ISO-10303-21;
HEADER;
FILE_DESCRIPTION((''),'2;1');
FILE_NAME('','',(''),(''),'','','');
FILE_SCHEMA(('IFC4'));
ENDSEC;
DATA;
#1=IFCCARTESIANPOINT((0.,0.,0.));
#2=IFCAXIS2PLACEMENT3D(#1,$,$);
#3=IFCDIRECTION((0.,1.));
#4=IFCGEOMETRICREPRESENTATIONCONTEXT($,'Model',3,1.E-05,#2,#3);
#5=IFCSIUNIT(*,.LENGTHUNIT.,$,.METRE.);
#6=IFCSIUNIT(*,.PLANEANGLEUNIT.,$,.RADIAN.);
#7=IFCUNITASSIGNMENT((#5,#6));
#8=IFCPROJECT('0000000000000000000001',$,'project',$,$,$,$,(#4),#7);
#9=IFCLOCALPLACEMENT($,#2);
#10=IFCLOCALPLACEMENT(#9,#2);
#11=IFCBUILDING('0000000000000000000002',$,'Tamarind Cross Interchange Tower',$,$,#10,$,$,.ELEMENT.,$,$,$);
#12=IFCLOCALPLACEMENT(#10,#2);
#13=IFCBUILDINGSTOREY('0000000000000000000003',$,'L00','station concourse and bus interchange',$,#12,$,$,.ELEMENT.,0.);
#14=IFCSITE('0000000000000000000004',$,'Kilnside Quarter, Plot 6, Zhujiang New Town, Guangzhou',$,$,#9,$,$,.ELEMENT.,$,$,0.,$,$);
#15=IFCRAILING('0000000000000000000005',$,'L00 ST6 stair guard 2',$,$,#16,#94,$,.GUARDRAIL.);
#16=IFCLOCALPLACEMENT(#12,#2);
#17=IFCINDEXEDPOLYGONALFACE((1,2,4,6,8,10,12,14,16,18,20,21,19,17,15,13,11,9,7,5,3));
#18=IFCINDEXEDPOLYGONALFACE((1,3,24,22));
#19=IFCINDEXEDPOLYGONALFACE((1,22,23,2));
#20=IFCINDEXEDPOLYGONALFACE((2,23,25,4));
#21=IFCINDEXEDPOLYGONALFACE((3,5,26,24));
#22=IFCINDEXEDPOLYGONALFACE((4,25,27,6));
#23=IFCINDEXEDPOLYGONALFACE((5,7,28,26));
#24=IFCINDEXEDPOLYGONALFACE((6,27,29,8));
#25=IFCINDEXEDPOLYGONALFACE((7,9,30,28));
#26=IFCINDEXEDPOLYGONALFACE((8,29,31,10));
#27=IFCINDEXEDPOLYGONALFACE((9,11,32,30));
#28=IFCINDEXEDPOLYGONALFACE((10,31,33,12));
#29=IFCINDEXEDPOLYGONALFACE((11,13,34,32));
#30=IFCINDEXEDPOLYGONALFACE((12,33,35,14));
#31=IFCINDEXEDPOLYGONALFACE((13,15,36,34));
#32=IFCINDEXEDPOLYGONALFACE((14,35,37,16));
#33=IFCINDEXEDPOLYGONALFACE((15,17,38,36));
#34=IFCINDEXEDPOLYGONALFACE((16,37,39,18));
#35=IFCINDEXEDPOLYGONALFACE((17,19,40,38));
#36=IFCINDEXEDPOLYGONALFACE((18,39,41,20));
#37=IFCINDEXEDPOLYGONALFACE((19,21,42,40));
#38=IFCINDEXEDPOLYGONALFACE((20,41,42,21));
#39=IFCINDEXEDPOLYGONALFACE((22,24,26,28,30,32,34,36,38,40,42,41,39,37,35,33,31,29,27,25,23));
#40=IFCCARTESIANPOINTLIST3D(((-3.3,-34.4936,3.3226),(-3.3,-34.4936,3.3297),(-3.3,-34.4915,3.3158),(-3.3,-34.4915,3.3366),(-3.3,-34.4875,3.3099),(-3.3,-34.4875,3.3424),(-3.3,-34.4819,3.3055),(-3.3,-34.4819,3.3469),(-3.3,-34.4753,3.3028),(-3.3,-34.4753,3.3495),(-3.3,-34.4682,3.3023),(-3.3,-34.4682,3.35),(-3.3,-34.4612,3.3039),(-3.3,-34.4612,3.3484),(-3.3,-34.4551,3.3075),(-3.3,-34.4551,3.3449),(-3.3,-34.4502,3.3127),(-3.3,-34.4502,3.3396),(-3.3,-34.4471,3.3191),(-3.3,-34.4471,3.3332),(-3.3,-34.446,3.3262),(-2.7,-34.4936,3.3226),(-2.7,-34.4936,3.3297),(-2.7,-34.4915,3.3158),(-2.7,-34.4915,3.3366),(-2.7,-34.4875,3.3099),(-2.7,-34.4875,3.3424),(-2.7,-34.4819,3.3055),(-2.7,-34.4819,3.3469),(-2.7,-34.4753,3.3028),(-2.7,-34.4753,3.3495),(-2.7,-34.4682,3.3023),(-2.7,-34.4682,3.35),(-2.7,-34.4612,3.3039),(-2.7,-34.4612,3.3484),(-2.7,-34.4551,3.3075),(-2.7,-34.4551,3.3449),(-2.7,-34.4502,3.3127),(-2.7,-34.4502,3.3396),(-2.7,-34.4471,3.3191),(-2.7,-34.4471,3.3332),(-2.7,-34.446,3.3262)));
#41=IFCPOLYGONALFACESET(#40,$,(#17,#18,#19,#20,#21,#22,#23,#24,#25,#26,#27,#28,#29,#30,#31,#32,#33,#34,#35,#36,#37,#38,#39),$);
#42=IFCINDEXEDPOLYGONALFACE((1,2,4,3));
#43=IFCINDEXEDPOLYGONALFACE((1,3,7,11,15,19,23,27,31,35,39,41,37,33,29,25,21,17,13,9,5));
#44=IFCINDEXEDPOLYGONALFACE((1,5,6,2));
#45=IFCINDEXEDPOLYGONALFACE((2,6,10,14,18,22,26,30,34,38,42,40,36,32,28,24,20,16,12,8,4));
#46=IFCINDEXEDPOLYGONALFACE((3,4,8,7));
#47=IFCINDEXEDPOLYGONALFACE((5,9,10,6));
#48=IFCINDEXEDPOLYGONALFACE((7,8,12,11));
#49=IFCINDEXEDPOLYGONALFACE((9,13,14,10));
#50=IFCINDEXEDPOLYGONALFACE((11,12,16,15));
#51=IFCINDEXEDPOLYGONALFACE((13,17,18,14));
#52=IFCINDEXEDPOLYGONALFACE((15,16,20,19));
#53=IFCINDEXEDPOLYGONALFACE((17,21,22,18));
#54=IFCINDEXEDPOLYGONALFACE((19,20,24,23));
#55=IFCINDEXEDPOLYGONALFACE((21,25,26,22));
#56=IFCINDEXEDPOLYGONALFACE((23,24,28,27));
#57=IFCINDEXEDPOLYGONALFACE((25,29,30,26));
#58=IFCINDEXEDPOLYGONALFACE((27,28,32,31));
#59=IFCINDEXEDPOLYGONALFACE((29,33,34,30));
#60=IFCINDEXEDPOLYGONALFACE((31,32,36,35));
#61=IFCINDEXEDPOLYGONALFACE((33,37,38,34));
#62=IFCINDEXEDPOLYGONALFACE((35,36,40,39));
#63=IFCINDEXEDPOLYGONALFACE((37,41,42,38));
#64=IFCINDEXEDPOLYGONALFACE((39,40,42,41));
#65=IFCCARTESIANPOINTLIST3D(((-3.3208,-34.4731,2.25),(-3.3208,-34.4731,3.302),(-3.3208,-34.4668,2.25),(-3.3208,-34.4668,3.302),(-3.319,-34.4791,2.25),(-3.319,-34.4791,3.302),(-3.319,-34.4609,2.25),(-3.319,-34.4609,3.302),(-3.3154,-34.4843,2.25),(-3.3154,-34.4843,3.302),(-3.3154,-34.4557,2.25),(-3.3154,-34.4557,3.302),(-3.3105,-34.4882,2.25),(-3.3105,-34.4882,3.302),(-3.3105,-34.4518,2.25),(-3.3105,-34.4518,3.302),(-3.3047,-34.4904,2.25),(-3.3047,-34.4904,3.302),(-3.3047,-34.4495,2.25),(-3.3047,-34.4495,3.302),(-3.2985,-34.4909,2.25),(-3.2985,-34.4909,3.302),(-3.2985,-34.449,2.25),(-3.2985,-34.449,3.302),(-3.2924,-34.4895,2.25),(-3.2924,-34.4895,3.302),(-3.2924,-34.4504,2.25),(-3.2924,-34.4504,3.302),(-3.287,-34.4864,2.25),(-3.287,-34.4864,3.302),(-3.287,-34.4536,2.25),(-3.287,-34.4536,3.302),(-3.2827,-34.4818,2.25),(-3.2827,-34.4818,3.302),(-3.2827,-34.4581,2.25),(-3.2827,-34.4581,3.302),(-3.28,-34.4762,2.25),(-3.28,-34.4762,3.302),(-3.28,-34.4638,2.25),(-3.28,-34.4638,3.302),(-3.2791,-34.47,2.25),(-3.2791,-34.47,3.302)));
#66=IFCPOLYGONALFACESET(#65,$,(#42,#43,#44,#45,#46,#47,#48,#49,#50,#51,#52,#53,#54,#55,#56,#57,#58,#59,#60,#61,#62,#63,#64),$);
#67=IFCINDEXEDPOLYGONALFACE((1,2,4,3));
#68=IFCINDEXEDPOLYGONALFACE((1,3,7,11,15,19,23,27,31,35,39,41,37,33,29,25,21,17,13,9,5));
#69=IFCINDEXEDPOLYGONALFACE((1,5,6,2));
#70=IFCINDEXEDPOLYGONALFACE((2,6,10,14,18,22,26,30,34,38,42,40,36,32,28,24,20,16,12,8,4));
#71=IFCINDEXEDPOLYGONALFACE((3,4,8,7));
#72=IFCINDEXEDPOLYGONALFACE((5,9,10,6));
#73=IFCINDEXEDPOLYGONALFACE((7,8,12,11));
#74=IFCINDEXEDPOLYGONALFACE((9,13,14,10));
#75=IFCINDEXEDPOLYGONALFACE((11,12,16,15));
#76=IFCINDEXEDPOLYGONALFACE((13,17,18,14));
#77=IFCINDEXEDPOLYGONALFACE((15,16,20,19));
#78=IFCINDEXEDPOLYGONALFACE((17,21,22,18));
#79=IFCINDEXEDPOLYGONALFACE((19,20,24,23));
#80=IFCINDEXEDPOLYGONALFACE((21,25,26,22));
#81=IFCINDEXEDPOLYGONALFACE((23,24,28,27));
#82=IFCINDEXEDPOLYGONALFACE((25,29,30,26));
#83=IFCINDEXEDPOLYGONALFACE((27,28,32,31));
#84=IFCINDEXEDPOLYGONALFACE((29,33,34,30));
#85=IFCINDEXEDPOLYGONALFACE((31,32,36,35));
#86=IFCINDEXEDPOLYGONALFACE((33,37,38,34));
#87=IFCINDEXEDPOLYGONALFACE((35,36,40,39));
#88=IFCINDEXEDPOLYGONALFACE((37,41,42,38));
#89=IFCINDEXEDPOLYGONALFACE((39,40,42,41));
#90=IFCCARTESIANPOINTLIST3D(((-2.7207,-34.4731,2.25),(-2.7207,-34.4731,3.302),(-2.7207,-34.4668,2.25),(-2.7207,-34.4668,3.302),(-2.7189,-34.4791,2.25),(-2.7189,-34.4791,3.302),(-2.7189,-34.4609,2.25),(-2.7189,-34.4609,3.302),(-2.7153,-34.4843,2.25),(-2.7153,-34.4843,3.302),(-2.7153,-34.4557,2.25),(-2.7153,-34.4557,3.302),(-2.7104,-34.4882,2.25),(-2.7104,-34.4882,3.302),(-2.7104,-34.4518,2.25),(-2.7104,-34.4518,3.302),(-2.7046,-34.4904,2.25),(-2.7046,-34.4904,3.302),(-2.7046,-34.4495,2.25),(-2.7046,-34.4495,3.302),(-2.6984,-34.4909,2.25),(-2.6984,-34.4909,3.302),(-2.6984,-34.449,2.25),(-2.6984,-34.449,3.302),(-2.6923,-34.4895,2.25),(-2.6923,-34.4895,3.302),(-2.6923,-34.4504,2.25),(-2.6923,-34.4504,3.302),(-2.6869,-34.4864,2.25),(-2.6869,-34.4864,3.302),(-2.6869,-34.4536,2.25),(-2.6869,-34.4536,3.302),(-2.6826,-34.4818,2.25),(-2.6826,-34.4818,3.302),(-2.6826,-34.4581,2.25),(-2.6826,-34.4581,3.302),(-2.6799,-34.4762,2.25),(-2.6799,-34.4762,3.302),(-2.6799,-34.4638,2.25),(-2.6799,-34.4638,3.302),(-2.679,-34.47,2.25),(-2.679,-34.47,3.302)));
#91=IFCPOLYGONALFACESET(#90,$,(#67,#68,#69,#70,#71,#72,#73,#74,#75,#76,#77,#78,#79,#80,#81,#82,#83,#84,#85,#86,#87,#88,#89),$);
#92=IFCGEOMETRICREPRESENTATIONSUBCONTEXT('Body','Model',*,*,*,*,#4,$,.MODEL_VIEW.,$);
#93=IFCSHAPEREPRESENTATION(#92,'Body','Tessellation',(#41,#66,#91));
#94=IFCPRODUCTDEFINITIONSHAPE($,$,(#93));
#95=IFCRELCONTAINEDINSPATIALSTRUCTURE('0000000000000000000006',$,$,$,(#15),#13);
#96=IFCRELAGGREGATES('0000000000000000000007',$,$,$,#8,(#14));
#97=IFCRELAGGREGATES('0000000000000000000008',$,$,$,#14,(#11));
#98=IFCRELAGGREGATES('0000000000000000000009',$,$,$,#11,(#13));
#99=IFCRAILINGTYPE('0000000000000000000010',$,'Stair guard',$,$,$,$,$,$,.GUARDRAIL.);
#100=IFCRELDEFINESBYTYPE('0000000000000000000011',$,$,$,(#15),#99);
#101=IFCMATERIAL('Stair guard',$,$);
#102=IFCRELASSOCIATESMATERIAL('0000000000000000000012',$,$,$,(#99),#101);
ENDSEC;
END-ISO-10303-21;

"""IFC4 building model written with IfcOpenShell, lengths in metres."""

from ifc_helpers import new_model, si_unit, direction, frame, origin, origin_2d, place, context, subcontext, project, spatial, circle, extrude, material, type_object, element, save


model = new_model("IFC4")

# Units and contexts
model_context = context("Model", 3, precision=1e-05, world=origin(), true_north=direction((0.0, 1.0)))
body_context = subcontext(model_context, "Body", "Model", "MODEL_VIEW")
ifc_project = project(units=[si_unit("LENGTHUNIT", "METRE"), si_unit("PLANEANGLEUNIT", "RADIAN")], contexts=[model_context])

# Site, building, storey
site_placement = place(None, origin())
site = spatial("IfcSite", under=ifc_project, at=site_placement, Name="Kilnside Quarter, Plot 6, Zhujiang New Town, Guangzhou", CompositionType="ELEMENT", RefElevation=0.0)
building_placement = place(site_placement, origin())
building = spatial("IfcBuilding", under=site, at=building_placement, Name="Tamarind Cross Interchange Tower", CompositionType="ELEMENT")
storey_placement = place(building_placement, origin())
storey = spatial("IfcBuildingStorey", under=building, at=storey_placement, Name="L00", Description="station concourse and bus interchange", CompositionType="ELEMENT", Elevation=0.0)

# Railing
ifc_material_1 = material(Name="Stair guard")
railing_type_1 = type_object("IfcRailingType", Name="Stair guard", PredefinedType="GUARDRAIL", material=ifc_material_1)
railing_1_placement = place(storey_placement, frame((-3.3, -34.47, 2.25)))
element("IfcRailing", 1, at=railing_1_placement, inside=storey, type_object=railing_type_1, Name="L00 ST6 stair guard 2", PredefinedType="GUARDRAIL", context=body_context, shape_type="SweptSolid", body=[
    extrude(circle(Radius=0.0239, at=origin_2d()), frame((0.0, 0.0, 1.0762), z_axis=(1.0, 0.0, 0.0), x_axis=(0.0, 1.0, 0.0)), (0.0, 0.0, 1.0), 0.6001),
    extrude(circle(Radius=0.021, at=origin_2d()), origin(), (0.0, 0.0, 1.0), 1.052),
    extrude(circle(Radius=0.021, at=origin_2d()), frame((0.6001, 0.0, 0.0)), (0.0, 0.0, 1.0), 1.052),
])

save(model, "model.ifc")
